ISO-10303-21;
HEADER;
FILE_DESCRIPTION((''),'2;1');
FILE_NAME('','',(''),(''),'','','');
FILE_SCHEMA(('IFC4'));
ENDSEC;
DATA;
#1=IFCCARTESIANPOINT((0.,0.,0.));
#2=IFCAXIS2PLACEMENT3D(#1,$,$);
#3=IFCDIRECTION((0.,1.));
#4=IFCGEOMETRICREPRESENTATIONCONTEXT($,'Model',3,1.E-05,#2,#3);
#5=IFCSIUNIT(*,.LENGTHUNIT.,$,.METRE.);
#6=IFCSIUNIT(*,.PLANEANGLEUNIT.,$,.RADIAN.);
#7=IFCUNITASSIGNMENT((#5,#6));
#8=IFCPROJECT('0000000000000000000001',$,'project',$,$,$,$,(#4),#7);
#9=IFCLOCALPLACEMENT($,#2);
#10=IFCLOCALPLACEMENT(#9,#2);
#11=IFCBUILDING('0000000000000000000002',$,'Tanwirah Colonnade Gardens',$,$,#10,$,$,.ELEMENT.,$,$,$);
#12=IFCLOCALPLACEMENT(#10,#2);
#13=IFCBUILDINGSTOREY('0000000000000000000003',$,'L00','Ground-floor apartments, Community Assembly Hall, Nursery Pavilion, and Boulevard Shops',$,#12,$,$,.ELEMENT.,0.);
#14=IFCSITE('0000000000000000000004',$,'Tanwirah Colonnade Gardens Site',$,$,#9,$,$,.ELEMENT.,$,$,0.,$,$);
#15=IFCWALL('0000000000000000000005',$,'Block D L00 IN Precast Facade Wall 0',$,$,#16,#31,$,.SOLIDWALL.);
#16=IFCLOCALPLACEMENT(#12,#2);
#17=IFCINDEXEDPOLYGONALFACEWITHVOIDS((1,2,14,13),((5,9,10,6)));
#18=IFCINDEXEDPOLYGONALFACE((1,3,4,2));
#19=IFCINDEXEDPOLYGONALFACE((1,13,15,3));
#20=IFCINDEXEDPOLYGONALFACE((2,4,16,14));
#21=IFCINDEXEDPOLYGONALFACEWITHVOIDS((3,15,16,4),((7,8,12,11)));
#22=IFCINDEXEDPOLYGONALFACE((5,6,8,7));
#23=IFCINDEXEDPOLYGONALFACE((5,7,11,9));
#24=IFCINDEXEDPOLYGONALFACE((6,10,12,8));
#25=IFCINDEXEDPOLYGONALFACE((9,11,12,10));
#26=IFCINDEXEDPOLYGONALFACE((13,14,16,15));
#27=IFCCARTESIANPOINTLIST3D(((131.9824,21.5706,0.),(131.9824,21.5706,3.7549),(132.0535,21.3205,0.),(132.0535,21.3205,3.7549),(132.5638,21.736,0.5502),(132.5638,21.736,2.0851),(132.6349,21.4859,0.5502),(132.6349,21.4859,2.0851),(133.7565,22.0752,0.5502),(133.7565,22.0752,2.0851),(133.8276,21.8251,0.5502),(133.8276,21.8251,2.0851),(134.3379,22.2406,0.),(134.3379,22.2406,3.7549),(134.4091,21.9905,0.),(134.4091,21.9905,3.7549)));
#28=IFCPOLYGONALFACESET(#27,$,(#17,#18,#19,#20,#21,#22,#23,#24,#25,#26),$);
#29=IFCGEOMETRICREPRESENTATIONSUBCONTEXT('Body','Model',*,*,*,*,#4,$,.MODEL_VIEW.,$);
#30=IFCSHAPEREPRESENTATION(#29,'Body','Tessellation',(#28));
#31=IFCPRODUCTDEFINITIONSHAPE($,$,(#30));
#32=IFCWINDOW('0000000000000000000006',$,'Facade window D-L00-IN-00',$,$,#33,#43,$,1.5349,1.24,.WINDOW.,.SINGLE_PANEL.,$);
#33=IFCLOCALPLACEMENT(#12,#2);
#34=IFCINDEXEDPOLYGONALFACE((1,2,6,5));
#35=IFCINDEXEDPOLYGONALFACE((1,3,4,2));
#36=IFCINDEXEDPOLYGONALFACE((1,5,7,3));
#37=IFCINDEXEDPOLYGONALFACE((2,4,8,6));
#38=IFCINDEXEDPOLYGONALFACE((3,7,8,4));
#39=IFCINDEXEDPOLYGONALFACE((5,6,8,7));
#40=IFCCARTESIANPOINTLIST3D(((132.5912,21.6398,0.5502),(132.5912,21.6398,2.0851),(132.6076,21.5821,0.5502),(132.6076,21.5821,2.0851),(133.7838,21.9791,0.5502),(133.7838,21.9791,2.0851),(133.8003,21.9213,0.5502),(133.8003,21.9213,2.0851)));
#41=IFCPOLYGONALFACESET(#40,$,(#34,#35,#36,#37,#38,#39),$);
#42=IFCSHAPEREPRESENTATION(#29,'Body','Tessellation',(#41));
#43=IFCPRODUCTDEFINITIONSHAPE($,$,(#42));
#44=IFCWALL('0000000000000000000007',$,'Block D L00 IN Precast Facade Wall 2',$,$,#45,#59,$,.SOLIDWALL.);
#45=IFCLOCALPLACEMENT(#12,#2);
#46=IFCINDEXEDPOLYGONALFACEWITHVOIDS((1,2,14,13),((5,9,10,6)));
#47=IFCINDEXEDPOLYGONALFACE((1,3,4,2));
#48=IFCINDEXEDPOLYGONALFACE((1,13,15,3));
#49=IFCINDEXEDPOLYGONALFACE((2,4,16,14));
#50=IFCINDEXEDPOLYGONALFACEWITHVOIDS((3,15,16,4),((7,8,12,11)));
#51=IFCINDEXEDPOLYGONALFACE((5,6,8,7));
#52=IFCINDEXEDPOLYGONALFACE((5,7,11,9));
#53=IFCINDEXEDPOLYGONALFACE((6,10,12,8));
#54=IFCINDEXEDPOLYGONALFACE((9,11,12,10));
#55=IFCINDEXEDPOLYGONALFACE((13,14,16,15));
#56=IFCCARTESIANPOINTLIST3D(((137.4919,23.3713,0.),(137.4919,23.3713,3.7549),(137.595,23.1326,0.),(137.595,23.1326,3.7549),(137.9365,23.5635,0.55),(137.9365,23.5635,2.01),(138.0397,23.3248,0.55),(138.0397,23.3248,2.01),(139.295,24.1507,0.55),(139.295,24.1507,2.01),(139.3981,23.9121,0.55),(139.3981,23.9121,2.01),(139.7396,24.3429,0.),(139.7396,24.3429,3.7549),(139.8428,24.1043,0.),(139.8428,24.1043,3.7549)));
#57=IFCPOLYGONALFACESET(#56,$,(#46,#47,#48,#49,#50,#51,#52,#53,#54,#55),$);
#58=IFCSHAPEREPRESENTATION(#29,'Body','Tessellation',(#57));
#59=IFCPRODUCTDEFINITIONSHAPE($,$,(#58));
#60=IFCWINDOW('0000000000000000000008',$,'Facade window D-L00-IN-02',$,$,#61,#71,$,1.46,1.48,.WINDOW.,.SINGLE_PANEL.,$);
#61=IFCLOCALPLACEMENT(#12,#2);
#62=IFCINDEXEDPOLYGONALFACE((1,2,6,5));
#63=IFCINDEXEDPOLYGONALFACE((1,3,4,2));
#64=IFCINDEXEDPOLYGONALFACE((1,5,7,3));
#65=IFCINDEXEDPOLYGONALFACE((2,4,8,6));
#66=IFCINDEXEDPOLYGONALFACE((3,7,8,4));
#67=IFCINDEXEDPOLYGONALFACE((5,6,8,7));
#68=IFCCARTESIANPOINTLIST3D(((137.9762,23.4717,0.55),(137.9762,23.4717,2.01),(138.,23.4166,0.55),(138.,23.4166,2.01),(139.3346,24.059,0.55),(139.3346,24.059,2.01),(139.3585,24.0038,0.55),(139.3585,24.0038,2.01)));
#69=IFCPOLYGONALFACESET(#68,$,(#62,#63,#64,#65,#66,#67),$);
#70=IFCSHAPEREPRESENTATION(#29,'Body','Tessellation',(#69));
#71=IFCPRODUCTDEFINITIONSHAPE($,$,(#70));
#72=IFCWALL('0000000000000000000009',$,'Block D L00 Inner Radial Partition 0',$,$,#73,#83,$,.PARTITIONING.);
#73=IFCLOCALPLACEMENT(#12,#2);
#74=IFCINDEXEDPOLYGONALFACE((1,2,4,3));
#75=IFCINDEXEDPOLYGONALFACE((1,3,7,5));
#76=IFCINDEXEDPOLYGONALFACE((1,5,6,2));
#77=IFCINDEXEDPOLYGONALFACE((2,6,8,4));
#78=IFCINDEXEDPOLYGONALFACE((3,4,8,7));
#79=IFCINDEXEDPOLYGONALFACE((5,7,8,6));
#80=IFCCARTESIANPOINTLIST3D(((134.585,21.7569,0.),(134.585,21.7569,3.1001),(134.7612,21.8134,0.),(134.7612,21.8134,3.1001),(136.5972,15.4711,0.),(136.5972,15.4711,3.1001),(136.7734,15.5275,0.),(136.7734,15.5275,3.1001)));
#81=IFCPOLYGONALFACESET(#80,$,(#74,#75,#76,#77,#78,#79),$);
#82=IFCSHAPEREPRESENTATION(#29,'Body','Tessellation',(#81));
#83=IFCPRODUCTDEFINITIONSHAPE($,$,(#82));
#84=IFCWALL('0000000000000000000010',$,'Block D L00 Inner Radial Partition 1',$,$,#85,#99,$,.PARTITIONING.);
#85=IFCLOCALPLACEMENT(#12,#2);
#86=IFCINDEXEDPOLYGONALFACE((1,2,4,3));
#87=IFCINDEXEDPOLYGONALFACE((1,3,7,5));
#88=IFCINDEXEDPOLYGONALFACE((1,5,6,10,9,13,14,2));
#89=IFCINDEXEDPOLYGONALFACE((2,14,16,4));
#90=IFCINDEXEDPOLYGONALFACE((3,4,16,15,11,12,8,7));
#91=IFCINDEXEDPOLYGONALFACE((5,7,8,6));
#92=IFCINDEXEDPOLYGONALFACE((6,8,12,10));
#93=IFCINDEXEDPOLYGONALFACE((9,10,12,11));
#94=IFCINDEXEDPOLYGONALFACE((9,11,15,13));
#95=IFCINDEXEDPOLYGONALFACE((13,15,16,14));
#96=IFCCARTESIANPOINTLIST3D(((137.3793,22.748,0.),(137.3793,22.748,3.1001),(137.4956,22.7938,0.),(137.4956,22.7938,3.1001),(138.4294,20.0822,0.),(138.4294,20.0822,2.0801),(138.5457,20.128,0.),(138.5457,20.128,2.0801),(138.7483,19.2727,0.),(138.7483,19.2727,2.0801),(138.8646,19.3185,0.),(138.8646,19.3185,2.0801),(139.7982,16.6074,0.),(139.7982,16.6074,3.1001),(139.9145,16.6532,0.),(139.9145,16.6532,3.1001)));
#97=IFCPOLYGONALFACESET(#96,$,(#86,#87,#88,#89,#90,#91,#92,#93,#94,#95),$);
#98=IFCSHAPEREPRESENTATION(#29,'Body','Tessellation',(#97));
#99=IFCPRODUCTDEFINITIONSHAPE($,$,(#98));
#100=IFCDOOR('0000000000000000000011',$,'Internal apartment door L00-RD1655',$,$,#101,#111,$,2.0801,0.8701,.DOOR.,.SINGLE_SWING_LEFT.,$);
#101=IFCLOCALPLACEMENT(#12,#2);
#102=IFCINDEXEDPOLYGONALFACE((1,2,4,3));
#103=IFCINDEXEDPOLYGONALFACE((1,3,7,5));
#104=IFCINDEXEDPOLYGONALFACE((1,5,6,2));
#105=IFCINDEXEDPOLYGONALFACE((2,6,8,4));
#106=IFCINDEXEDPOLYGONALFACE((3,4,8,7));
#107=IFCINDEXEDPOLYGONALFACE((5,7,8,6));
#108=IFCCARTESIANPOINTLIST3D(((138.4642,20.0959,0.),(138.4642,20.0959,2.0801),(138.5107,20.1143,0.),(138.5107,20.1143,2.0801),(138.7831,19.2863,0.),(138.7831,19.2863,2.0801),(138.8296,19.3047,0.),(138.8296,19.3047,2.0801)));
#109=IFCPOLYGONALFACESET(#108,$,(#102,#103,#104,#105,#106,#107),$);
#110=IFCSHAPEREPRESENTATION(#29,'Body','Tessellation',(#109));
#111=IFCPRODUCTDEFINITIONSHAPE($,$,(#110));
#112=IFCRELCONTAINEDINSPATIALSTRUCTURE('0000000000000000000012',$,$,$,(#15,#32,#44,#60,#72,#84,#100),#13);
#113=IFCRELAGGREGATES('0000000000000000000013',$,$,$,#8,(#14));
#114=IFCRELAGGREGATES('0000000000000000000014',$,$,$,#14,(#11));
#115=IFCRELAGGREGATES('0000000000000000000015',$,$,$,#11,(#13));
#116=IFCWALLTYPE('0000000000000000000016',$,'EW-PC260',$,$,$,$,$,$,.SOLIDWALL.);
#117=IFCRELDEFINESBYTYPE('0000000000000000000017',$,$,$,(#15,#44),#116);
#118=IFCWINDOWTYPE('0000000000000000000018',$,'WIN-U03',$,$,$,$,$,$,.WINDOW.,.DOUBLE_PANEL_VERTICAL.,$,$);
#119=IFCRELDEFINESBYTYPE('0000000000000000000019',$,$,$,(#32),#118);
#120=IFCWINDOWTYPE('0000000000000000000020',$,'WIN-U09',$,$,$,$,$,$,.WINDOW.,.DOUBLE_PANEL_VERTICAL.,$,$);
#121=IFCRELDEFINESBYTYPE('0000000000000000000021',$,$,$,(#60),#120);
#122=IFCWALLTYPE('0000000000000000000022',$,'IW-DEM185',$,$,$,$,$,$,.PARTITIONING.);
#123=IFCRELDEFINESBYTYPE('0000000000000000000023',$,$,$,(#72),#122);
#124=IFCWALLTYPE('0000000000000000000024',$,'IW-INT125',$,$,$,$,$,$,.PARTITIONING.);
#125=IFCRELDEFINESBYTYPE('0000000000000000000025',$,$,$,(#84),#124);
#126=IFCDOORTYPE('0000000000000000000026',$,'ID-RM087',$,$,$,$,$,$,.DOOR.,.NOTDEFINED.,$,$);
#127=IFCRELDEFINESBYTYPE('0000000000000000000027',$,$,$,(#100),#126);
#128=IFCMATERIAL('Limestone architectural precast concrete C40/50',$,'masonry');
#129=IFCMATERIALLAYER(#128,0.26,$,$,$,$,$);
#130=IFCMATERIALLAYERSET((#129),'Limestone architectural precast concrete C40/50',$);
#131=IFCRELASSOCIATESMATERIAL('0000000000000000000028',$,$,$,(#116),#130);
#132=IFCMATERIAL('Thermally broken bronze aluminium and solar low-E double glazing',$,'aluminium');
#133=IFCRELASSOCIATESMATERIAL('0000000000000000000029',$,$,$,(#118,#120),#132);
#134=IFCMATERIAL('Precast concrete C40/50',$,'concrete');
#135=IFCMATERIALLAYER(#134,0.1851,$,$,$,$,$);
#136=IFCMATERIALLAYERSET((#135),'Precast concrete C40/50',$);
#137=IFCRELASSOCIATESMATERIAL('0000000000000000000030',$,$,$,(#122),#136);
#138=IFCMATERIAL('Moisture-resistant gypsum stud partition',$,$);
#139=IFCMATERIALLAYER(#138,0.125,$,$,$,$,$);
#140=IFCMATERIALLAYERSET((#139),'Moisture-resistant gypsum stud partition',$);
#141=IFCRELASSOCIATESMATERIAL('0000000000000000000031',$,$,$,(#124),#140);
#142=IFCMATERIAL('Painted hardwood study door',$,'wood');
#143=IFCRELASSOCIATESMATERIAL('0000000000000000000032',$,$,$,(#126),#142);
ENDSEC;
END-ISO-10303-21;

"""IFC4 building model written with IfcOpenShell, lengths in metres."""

from ifc_helpers import new_model, si_unit, direction, frame, frame_2d, origin, place, context, subcontext, project, spatial, rectangle, extrude, material, layer, layer_set, type_object, element, fill, save


model = new_model("IFC4")

# Units and contexts
model_context = context("Model", 3, precision=1e-05, world=origin(), true_north=direction((0.0, 1.0)))
body_context = subcontext(model_context, "Body", "Model", "MODEL_VIEW")
ifc_project = project(units=[si_unit("LENGTHUNIT", "METRE"), si_unit("PLANEANGLEUNIT", "RADIAN")], contexts=[model_context])

# Site, building, storey
site_placement = place(None, origin())
site = spatial("IfcSite", under=ifc_project, at=site_placement, Name="Tanwirah Colonnade Gardens Site", CompositionType="ELEMENT", RefElevation=0.0)
building_placement = place(site_placement, origin())
building = spatial("IfcBuilding", under=site, at=building_placement, Name="Tanwirah Colonnade Gardens", CompositionType="ELEMENT")
storey_placement = place(building_placement, origin())
storey = spatial("IfcBuildingStorey", under=building, at=storey_placement, Name="L00", Description="Ground-floor apartments, Community Assembly Hall, Nursery Pavilion, and Boulevard Shops", CompositionType="ELEMENT", Elevation=0.0)

# Shared definitions
ifc_material_1 = material(Name="Precast concrete C40/50", Category="concrete")

# Wall, opening, window
ifc_material_2 = material(Name="Limestone architectural precast concrete C40/50", Category="masonry")
ifc_layer_1 = layer(ifc_material_2, 0.26)
ifc_layer_set_1 = layer_set([ifc_layer_1], Name="Limestone architectural precast concrete C40/50")
wall_type_1 = type_object("IfcWallType", Name="EW-PC260", PredefinedType="SOLIDWALL", material=ifc_layer_set_1)
wall_1_placement = place(storey_placement, frame((132.0178, 21.4456, 0.0), z_axis=(0.0, 0.0, 1.0), x_axis=(0.961854, 0.273562, 0.0)))
wall_1 = element("IfcWall", 1, at=wall_1_placement, inside=storey, type_object=wall_type_1, Name="Block D L00 IN Precast Facade Wall 0", PredefinedType="SOLIDWALL", context=body_context, shape_type="SweptSolid", body=[
    extrude(rectangle(XDim=2.449, YDim=0.26, at=frame_2d((1.2246, 0.0))), origin(), (0.0, 0.0, 1.0), 3.7549),
])
opening_1_placement = place(wall_1_placement, frame((0.6045, 0.0, 0.55)))
opening_1 = element("IfcOpeningElement", 2, at=opening_1_placement, cuts=wall_1, PredefinedType="OPENING", context=body_context, shape_type="SweptSolid", body=[
    extrude(rectangle(XDim=1.24, YDim=1.5349, at=frame_2d((0.6201, 0.7676))), frame((0.0, 0.1399, 0.0), z_axis=(0.0, -1.0, 0.0), x_axis=(1.0, 0.0, 0.0)), (0.0, 0.0, 1.0), 0.28),
])
ifc_material_3 = material(Name="Thermally broken bronze aluminium and solar low-E double glazing", Category="aluminium")
window_type_1 = type_object("IfcWindowType", Name="WIN-U03", PartitioningType="DOUBLE_PANEL_VERTICAL", PredefinedType="WINDOW", material=ifc_material_3)
window_1_placement = place(opening_1_placement, origin())
window_1 = element("IfcWindow", 3, at=window_1_placement, inside=storey, type_object=window_type_1, Name="Facade window D-L00-IN-00", OverallHeight=1.5349, OverallWidth=1.24, PartitioningType="SINGLE_PANEL", PredefinedType="WINDOW", context=body_context, shape_type="SweptSolid", body=[
    extrude(rectangle(XDim=1.24, YDim=1.5349, at=frame_2d((0.6201, 0.7676))), frame((0.0, 0.03, 0.0), z_axis=(0.0, -1.0, 0.0), x_axis=(1.0, 0.0, 0.0)), (0.0, 0.0, 1.0), 0.0601),
])
fill(opening_1, window_1)

# Wall, opening, window
wall_2_placement = place(storey_placement, frame((137.5435, 23.252, 0.0), z_axis=(0.0, 0.0, 1.0), x_axis=(0.917908, 0.396793, 0.0)))
wall_2 = element("IfcWall", 4, at=wall_2_placement, inside=storey, type_object=wall_type_1, Name="Block D L00 IN Precast Facade Wall 2", PredefinedType="SOLIDWALL", context=body_context, shape_type="SweptSolid", body=[
    extrude(rectangle(XDim=2.4487, YDim=0.26, at=frame_2d((1.2244, 0.0))), origin(), (0.0, 0.0, 1.0), 3.7549),
])
opening_2_placement = place(wall_2_placement, frame((0.4844, 0.0, 0.55)))
opening_2 = element("IfcOpeningElement", 5, at=opening_2_placement, cuts=wall_2, PredefinedType="OPENING", context=body_context, shape_type="SweptSolid", body=[
    extrude(rectangle(XDim=1.48, YDim=1.46, at=frame_2d((0.74, 0.73))), frame((0.0, 0.1399, 0.0), z_axis=(0.0, -1.0, 0.0), x_axis=(1.0, 0.0, 0.0)), (0.0, 0.0, 1.0), 0.28),
])
window_type_2 = type_object("IfcWindowType", Name="WIN-U09", PartitioningType="DOUBLE_PANEL_VERTICAL", PredefinedType="WINDOW", material=ifc_material_3)
window_2_placement = place(opening_2_placement, origin())
window_2 = element("IfcWindow", 6, at=window_2_placement, inside=storey, type_object=window_type_2, Name="Facade window D-L00-IN-02", OverallHeight=1.46, OverallWidth=1.48, PartitioningType="SINGLE_PANEL", PredefinedType="WINDOW", context=body_context, shape_type="SweptSolid", body=[
    extrude(rectangle(XDim=1.48, YDim=1.46, at=frame_2d((0.74, 0.73))), frame((0.0, 0.03, 0.0), z_axis=(0.0, -1.0, 0.0), x_axis=(1.0, 0.0, 0.0)), (0.0, 0.0, 1.0), 0.0601),
])
fill(opening_2, window_2)

# Wall
ifc_layer_2 = layer(ifc_material_1, 0.1851)
ifc_layer_set_2 = layer_set([ifc_layer_2], Name="Precast concrete C40/50")
wall_type_2 = type_object("IfcWallType", Name="IW-DEM185", PredefinedType="PARTITIONING", material=ifc_layer_set_2)
wall_3_placement = place(storey_placement, frame((134.6731, 21.7852, 0.0), z_axis=(0.0, 0.0, 1.0), x_axis=(0.304875, -0.952392, 0.0)))
element("IfcWall", 7, at=wall_3_placement, inside=storey, type_object=wall_type_2, Name="Block D L00 Inner Radial Partition 0", PredefinedType="PARTITIONING", context=body_context, shape_type="SweptSolid", body=[
    extrude(rectangle(XDim=6.6001, YDim=0.1851, at=frame_2d((3.3, 0.0))), origin(), (0.0, 0.0, 1.0), 3.1001),
])

# Wall, opening, door
ifc_material_4 = material(Name="Moisture-resistant gypsum stud partition")
ifc_layer_3 = layer(ifc_material_4, 0.125)
ifc_layer_set_3 = layer_set([ifc_layer_3], Name="Moisture-resistant gypsum stud partition")
wall_type_3 = type_object("IfcWallType", Name="IW-INT125", PredefinedType="PARTITIONING", material=ifc_layer_set_3)
wall_4_placement = place(storey_placement, frame((137.4375, 22.7708, 0.0), z_axis=(0.0, 0.0, 1.0), x_axis=(0.366513, -0.930413, 0.0)))
wall_4 = element("IfcWall", 8, at=wall_4_placement, inside=storey, type_object=wall_type_3, Name="Block D L00 Inner Radial Partition 1", PredefinedType="PARTITIONING", context=body_context, shape_type="SweptSolid", body=[
    extrude(rectangle(XDim=6.5999, YDim=0.125, at=frame_2d((3.2998, 0.0))), origin(), (0.0, 0.0, 1.0), 3.1001),
])
opening_3_placement = place(wall_4_placement, frame((2.865, 0.0, 0.0)))
opening_3 = element("IfcOpeningElement", 9, at=opening_3_placement, cuts=wall_4, PredefinedType="OPENING", context=body_context, shape_type="SweptSolid", body=[
    extrude(rectangle(XDim=0.8701, YDim=2.0801, at=frame_2d((0.4351, 1.04))), frame((0.0, 0.0725, 0.0), z_axis=(0.0, -1.0, 0.0), x_axis=(1.0, 0.0, 0.0)), (0.0, 0.0, 1.0), 0.145),
])
ifc_material_5 = material(Name="Painted hardwood study door", Category="wood")
door_type_1 = type_object("IfcDoorType", Name="ID-RM087", OperationType="NOTDEFINED", PredefinedType="DOOR", material=ifc_material_5)
door_1_placement = place(opening_3_placement, origin())
door_1 = element("IfcDoor", 10, at=door_1_placement, inside=storey, type_object=door_type_1, Name="Internal apartment door L00-RD1655", OperationType="SINGLE_SWING_LEFT", OverallHeight=2.0801, OverallWidth=0.8701, PredefinedType="DOOR", context=body_context, shape_type="SweptSolid", body=[
    extrude(rectangle(XDim=0.8701, YDim=2.0801, at=frame_2d((0.4351, 1.04))), frame((0.0, 0.0249, 0.0), z_axis=(0.0, -1.0, 0.0), x_axis=(1.0, 0.0, 0.0)), (0.0, 0.0, 1.0), 0.05),
])
fill(opening_3, door_1)

save(model, "model.ifc")
